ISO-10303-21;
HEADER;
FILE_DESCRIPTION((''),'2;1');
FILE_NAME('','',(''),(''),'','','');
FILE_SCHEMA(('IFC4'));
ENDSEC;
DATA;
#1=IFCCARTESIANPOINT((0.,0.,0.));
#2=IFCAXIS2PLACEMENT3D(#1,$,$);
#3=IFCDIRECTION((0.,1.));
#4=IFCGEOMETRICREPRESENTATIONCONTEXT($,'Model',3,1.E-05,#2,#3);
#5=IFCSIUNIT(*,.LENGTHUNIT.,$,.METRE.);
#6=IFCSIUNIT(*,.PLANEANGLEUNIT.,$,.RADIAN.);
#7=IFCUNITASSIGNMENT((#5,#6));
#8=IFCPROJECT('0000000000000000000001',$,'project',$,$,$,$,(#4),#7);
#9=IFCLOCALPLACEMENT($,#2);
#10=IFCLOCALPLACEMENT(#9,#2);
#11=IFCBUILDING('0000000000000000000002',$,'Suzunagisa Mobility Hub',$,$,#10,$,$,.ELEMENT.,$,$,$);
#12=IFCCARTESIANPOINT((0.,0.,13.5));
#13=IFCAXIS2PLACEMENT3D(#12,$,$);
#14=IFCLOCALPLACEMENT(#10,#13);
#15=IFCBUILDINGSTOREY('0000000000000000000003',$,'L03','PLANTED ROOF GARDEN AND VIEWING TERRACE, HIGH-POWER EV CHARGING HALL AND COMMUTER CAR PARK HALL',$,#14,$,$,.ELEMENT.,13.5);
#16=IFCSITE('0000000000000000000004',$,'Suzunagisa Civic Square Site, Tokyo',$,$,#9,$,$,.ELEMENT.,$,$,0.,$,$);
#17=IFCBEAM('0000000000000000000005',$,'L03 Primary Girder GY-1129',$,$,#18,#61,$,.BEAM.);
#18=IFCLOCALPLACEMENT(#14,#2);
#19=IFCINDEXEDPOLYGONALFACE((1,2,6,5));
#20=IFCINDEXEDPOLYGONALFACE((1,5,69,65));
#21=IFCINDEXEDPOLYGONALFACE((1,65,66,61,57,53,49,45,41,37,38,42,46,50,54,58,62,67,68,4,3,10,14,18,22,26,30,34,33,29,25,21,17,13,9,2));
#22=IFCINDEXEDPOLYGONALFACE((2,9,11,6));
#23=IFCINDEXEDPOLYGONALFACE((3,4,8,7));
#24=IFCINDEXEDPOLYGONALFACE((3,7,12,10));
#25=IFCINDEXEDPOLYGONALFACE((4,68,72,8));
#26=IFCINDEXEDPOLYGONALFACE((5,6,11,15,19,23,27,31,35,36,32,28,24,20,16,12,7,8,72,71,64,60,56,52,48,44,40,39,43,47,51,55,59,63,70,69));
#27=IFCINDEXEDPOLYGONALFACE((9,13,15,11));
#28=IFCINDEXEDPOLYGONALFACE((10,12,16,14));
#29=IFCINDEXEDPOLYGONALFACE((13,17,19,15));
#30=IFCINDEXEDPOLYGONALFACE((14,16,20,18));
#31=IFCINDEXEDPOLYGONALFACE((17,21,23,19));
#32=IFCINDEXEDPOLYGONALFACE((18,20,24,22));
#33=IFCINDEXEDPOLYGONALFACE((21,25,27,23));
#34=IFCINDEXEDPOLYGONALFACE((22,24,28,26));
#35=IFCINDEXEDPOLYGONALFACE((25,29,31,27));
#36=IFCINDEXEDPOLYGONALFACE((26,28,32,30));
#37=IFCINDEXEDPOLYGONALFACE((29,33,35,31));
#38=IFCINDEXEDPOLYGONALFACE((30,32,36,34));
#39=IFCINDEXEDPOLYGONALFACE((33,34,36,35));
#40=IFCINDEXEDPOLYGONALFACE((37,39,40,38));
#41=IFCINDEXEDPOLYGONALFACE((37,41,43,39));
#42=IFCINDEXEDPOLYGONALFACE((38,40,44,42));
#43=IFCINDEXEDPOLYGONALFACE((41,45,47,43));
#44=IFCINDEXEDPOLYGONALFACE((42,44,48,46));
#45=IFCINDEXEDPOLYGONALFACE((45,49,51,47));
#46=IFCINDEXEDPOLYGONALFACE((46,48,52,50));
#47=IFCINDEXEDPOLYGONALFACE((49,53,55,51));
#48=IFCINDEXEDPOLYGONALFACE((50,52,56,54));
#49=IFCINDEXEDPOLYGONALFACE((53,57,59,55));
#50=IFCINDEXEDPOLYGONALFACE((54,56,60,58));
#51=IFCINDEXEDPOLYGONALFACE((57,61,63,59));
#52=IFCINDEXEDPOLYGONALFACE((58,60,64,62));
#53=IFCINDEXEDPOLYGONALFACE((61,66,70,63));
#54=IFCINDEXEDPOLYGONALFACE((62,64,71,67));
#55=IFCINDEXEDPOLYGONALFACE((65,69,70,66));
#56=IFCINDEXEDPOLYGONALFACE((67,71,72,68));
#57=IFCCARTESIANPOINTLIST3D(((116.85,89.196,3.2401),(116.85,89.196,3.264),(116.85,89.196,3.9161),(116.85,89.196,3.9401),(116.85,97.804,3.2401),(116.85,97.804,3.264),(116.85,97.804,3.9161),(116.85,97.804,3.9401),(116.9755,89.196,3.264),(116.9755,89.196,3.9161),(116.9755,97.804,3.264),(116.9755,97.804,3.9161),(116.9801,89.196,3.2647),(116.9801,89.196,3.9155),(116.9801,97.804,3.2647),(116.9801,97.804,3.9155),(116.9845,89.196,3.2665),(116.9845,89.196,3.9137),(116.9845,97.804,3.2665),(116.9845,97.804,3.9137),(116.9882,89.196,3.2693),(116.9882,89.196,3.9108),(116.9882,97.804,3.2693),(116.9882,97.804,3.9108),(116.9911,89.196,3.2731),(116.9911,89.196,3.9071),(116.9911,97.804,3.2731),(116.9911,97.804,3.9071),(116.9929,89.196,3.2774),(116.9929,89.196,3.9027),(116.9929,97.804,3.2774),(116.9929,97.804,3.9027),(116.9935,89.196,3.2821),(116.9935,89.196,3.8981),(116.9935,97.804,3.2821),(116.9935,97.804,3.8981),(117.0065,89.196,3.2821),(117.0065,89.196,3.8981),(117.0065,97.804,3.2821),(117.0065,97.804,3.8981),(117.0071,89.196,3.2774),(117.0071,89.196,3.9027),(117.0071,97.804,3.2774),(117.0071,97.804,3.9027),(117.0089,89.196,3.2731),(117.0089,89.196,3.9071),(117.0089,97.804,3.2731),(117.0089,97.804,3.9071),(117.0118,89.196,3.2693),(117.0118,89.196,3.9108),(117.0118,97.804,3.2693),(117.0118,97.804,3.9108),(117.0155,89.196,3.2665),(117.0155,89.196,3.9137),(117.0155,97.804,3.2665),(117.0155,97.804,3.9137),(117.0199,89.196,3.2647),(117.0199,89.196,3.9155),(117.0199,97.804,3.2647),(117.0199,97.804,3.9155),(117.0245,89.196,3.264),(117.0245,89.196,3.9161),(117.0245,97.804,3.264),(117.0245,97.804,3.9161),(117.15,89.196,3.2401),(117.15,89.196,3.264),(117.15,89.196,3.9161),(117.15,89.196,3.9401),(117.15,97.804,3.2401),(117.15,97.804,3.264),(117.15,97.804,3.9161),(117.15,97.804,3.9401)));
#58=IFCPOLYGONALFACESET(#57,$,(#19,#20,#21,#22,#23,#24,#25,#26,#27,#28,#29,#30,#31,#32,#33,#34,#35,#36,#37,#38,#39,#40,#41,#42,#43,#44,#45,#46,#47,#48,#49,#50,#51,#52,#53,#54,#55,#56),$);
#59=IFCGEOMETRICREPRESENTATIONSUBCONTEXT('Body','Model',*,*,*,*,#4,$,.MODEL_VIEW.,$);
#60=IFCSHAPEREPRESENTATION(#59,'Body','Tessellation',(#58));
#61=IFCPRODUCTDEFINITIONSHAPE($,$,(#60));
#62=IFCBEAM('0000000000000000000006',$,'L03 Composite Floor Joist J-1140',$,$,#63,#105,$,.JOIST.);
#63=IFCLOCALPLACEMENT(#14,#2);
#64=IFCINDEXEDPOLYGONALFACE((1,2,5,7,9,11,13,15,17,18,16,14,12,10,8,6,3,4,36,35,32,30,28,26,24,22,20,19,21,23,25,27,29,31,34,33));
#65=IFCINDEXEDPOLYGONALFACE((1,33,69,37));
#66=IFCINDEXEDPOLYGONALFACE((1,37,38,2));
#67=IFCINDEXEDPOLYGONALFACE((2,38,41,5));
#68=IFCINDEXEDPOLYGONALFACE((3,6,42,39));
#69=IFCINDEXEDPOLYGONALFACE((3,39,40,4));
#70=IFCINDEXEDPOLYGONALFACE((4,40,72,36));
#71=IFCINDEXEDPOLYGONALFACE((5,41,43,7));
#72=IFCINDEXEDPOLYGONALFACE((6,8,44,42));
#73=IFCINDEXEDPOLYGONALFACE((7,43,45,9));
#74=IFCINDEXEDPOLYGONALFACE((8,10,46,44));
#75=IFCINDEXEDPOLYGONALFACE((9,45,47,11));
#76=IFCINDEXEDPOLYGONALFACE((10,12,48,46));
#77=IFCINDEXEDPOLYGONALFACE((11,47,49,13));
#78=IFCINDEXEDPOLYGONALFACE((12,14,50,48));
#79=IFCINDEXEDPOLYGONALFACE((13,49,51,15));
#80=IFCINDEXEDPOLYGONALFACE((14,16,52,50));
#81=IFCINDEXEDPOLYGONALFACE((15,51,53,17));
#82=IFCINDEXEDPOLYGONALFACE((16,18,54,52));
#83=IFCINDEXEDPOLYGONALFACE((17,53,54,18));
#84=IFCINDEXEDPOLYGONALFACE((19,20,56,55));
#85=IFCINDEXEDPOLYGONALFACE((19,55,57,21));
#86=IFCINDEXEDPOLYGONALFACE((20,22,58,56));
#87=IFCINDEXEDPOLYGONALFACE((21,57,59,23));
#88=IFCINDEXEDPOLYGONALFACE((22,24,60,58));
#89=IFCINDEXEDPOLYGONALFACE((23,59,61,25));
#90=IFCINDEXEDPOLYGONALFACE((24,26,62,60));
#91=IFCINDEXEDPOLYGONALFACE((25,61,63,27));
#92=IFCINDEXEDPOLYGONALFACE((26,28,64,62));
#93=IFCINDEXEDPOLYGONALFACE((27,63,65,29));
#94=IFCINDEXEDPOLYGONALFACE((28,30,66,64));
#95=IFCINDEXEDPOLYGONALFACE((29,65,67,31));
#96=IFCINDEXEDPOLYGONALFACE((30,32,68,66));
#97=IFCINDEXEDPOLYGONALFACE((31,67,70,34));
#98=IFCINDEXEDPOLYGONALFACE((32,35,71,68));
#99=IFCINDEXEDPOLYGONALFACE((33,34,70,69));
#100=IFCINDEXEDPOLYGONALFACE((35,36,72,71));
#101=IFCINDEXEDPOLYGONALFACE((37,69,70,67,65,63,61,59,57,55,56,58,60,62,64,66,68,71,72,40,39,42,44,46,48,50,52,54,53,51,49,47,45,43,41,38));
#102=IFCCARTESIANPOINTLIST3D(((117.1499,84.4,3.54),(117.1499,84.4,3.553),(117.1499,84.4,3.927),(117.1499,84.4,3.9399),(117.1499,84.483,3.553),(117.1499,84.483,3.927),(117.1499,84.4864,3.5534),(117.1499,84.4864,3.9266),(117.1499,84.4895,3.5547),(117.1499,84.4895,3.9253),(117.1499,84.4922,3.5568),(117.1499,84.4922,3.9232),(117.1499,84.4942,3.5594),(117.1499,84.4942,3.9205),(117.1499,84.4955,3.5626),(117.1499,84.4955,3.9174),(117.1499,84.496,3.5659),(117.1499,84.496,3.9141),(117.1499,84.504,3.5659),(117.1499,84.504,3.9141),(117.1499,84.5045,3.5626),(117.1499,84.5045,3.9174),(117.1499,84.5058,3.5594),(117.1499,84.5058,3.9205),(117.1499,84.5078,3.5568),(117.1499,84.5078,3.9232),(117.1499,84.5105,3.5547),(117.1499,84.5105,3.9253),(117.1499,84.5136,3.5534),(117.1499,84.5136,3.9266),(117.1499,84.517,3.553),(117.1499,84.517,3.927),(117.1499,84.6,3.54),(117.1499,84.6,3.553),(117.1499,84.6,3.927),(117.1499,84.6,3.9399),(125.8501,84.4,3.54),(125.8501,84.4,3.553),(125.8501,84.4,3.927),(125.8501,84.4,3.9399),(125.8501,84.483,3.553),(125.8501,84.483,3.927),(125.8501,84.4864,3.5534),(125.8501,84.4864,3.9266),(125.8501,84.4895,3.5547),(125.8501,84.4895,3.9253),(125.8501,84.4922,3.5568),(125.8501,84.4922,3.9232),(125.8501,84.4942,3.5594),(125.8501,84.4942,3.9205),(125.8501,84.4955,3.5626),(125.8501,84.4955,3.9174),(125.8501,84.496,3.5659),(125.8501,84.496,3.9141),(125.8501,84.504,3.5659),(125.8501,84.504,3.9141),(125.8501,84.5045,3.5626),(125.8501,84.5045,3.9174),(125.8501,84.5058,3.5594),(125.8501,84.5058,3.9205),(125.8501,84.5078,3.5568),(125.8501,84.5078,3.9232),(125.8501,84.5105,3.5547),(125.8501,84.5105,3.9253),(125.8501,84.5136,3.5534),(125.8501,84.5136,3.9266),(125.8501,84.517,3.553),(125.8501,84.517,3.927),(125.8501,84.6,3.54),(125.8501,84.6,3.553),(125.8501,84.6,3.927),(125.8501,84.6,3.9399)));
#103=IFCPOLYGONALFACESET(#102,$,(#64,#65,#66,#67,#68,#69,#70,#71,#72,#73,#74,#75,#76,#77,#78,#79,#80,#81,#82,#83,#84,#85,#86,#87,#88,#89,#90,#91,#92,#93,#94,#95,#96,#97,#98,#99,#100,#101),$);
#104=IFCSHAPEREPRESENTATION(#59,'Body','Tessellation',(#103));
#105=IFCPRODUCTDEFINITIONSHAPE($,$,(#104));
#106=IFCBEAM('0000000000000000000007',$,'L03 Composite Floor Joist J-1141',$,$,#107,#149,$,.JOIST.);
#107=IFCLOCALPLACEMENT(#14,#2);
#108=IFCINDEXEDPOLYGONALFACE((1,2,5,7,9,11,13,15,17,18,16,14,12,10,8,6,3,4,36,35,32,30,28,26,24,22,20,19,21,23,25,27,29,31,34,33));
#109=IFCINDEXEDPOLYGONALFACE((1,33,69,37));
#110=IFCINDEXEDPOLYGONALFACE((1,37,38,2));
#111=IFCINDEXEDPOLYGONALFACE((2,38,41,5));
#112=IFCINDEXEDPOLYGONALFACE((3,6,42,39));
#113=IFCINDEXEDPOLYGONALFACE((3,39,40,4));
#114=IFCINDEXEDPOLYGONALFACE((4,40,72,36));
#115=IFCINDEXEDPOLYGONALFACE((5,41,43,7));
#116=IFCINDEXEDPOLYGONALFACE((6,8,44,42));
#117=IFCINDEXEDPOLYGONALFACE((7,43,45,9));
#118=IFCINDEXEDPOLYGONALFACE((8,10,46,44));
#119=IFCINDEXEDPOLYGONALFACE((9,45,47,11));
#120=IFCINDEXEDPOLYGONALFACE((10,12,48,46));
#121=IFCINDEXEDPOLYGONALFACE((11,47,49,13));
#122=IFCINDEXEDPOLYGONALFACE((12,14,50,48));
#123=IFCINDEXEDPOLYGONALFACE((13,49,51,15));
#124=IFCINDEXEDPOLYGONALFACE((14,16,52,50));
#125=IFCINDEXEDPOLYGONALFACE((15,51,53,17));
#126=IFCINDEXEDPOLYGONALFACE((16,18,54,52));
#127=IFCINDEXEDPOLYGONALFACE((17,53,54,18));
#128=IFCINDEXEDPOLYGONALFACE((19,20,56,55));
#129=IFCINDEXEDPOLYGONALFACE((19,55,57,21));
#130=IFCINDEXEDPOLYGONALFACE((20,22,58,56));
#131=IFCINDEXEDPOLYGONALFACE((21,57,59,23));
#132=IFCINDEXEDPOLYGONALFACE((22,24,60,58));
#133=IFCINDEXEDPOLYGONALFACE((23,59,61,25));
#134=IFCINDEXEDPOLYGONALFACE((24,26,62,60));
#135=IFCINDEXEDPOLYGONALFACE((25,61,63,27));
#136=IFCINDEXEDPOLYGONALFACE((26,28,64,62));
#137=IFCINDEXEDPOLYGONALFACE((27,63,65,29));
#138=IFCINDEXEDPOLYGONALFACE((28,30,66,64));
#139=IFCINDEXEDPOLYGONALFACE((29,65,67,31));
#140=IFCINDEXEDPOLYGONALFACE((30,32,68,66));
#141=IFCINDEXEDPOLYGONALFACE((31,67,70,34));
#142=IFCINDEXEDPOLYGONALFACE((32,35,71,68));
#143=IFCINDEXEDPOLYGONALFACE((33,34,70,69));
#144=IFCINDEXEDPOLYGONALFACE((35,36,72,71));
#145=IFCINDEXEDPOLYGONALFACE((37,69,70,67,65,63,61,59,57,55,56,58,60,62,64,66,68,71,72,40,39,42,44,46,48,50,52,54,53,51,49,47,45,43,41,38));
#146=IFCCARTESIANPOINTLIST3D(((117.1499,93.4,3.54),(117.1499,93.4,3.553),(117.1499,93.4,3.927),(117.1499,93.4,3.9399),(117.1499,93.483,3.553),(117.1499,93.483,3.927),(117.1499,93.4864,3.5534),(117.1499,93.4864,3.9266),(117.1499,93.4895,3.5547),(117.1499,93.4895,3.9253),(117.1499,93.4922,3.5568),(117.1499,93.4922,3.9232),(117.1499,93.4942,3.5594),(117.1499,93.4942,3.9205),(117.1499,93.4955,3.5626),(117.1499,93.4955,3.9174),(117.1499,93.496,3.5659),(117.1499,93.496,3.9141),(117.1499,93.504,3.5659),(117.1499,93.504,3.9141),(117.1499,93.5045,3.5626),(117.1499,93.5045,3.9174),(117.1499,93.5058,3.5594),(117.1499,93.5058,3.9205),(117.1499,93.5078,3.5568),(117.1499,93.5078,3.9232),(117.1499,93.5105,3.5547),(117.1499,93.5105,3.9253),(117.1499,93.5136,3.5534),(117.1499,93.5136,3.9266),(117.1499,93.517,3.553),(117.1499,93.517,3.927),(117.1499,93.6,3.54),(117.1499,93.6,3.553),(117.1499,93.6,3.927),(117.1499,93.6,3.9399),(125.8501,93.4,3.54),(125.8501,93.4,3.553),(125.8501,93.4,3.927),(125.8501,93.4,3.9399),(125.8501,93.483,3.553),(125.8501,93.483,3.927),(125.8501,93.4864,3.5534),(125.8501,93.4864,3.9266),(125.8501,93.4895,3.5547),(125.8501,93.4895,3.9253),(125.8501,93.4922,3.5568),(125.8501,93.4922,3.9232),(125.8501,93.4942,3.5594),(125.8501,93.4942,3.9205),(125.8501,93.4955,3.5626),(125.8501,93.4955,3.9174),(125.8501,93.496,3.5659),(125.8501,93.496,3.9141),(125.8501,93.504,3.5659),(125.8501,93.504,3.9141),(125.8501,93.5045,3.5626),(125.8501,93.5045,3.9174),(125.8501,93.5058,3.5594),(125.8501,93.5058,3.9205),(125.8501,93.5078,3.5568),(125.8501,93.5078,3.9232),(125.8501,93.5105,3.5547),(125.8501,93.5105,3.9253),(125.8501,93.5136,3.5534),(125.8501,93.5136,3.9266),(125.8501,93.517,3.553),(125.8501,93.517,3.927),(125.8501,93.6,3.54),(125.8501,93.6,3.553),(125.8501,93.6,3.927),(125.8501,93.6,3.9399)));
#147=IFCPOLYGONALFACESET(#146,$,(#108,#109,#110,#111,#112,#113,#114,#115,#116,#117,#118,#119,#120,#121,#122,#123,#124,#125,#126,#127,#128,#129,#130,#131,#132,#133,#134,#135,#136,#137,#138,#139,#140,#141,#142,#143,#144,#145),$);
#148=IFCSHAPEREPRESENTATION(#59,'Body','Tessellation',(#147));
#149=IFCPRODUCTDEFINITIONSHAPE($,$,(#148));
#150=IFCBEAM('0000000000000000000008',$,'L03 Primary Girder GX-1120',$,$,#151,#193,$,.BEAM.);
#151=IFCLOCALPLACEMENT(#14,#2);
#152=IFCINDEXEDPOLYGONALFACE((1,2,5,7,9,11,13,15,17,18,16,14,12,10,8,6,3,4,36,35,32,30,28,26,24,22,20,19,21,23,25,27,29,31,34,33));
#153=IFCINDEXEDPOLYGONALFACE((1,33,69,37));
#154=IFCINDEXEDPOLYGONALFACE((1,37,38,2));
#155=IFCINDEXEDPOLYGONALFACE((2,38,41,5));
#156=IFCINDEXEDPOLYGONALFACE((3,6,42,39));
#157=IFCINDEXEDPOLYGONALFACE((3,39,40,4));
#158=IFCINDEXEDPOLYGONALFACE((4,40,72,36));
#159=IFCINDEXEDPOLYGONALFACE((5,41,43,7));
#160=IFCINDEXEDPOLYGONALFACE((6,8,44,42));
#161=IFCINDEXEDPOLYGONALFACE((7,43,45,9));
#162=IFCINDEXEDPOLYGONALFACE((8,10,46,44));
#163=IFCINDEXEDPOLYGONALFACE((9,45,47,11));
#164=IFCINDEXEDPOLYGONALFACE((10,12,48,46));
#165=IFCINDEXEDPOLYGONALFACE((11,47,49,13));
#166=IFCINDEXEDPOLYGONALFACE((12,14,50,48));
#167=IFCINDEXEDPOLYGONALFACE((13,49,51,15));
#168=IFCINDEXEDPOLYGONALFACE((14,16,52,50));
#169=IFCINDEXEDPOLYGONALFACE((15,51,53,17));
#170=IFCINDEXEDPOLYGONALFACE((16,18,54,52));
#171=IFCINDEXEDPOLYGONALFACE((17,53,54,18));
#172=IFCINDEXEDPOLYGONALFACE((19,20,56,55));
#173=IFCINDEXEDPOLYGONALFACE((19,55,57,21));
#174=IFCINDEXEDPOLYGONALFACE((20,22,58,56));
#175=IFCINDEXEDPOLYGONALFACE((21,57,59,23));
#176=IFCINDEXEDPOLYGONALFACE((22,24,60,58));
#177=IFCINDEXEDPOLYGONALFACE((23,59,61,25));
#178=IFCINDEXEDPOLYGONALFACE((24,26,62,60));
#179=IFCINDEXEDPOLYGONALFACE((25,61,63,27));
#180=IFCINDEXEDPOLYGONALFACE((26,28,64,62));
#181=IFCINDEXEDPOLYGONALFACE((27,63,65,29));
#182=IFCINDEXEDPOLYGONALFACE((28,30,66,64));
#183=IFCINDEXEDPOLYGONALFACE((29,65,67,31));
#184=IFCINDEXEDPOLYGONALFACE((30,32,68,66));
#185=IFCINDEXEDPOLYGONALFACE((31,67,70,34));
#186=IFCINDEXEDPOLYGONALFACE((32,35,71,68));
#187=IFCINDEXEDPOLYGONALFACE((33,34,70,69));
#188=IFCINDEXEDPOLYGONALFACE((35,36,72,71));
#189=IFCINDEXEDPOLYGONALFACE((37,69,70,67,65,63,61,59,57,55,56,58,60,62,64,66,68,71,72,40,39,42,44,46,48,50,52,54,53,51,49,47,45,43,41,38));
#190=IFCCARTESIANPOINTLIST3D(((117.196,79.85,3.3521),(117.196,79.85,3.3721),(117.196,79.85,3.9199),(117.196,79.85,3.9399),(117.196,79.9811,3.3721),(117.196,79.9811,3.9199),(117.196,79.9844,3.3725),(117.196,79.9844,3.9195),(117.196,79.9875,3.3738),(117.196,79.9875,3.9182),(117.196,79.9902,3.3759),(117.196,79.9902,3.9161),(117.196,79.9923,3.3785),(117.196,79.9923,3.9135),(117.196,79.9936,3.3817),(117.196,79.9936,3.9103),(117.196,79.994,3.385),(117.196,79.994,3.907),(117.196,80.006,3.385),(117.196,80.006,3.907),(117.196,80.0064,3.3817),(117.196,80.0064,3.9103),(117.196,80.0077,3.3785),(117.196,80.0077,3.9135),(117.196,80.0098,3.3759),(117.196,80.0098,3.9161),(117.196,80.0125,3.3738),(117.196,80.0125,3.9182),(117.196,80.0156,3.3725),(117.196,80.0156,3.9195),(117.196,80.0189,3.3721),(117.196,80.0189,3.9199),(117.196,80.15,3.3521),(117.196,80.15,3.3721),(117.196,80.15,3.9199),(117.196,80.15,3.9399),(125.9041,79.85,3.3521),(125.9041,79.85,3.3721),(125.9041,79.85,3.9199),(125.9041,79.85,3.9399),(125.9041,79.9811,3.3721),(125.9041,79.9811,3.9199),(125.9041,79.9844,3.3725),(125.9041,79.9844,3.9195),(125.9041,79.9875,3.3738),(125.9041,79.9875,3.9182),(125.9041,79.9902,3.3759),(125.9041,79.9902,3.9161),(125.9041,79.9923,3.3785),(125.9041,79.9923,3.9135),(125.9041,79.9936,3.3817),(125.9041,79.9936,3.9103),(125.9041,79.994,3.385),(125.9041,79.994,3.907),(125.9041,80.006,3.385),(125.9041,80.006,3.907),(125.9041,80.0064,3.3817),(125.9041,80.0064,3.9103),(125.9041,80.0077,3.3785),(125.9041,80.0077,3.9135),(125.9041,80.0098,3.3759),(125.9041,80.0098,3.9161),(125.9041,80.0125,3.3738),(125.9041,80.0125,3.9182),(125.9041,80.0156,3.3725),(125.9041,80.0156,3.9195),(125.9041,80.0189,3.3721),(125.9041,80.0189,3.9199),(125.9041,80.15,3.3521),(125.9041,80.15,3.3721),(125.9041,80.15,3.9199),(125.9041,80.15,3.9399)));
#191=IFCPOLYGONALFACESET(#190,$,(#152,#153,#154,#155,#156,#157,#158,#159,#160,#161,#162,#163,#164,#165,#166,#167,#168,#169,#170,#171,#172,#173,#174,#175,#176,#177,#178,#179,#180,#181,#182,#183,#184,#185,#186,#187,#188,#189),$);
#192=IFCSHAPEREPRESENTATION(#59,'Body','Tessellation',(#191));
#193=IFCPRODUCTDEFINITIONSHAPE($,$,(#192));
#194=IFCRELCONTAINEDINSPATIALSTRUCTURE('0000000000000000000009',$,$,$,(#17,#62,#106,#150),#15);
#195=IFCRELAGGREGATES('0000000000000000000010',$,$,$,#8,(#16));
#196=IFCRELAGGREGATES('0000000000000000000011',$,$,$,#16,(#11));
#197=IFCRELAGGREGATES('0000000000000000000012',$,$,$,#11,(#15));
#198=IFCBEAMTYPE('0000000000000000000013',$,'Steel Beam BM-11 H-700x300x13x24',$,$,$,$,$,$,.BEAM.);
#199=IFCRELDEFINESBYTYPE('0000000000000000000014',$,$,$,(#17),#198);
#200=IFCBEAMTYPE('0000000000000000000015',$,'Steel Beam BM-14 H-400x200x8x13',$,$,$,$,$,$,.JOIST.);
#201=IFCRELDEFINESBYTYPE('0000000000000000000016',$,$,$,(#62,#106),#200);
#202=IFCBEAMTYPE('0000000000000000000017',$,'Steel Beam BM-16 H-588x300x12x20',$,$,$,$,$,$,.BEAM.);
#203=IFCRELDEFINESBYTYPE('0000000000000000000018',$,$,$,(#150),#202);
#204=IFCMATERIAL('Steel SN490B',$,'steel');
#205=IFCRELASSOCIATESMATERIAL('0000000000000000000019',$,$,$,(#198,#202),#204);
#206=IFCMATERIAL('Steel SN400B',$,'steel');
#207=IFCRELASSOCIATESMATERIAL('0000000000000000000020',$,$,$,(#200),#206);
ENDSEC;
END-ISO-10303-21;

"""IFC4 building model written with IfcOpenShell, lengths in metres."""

from ifc_helpers import new_model, si_unit, direction, frame, origin, origin_2d, place, context, subcontext, project, spatial, i_section, extrude, material, material_profile, profile_set, type_object, element, save


model = new_model("IFC4")

# Units and contexts
model_context = context("Model", 3, precision=1e-05, world=origin(), true_north=direction((0.0, 1.0)))
body_context = subcontext(model_context, "Body", "Model", "MODEL_VIEW")
ifc_project = project(units=[si_unit("LENGTHUNIT", "METRE"), si_unit("PLANEANGLEUNIT", "RADIAN")], contexts=[model_context])

# Site, building, storey
site_placement = place(None, origin())
site = spatial("IfcSite", under=ifc_project, at=site_placement, Name="Suzunagisa Civic Square Site, Tokyo", CompositionType="ELEMENT", RefElevation=0.0)
building_placement = place(site_placement, origin())
building = spatial("IfcBuilding", under=site, at=building_placement, Name="Suzunagisa Mobility Hub", CompositionType="ELEMENT")
storey_placement = place(building_placement, frame((0.0, 0.0, 13.5)))
storey = spatial("IfcBuildingStorey", under=building, at=storey_placement, Name="L03", Description="PLANTED ROOF GARDEN AND VIEWING TERRACE, HIGH-POWER EV CHARGING HALL AND COMMUTER CAR PARK HALL", CompositionType="ELEMENT", Elevation=13.5)

# Shared definitions
ifc_material_1 = material(Name="Steel SN490B", Category="steel")

# Beams
ifc_material_profile_1 = material_profile(ifc_material_1, i_section(OverallWidth=0.3, OverallDepth=0.7, WebThickness=0.0129, FlangeThickness=0.0239, FilletRadius=0.0181, at=origin_2d()), Name="H-700x300x13x24")
ifc_profile_set_1 = profile_set([ifc_material_profile_1], Name="Steel SN490B")
beam_type_1 = type_object("IfcBeamType", Name="Steel Beam BM-11 H-700x300x13x24", PredefinedType="BEAM", material=ifc_profile_set_1)
for number, where, z_axis, x_axis, name in (
    (1, (117.0, 89.196, 3.5901), (0.0, 1.0, 0.0), (-1.0, 0.0, 0.0), "L03 Primary Girder GY-1129"),
):
    element("IfcBeam", number, at=place(storey_placement, frame(where, z_axis=z_axis, x_axis=x_axis)), inside=storey, type_object=beam_type_1, Name=name, PredefinedType="BEAM", context=body_context, shape_type="SweptSolid", body=[
        extrude(i_section(OverallWidth=0.3, OverallDepth=0.7, WebThickness=0.0129, FlangeThickness=0.0239, FilletRadius=0.0181, at=origin_2d()), origin(), (0.0, 0.0, 1.0), 8.6079),
    ])
ifc_material_2 = material(Name="Steel SN400B", Category="steel")
ifc_material_profile_2 = material_profile(ifc_material_2, i_section(OverallWidth=0.2, OverallDepth=0.3999, WebThickness=0.0081, FlangeThickness=0.0129, FilletRadius=0.0129, at=origin_2d()), Name="H-400x200x8x13")
ifc_profile_set_2 = profile_set([ifc_material_profile_2], Name="Steel SN400B")
beam_type_2 = type_object("IfcBeamType", Name="Steel Beam BM-14 H-400x200x8x13", PredefinedType="JOIST", material=ifc_profile_set_2)
for number, where, z_axis, x_axis, name in (
    (2, (117.1499, 84.5, 3.74), (1.0, 0.0, 0.0), (0.0, 1.0, 0.0), "L03 Composite Floor Joist J-1140"),
    (3, (117.1499, 93.5, 3.74), (1.0, 0.0, 0.0), (0.0, 1.0, 0.0), "L03 Composite Floor Joist J-1141"),
):
    element("IfcBeam", number, at=place(storey_placement, frame(where, z_axis=z_axis, x_axis=x_axis)), inside=storey, type_object=beam_type_2, Name=name, PredefinedType="JOIST", context=body_context, shape_type="SweptSolid", body=[
        extrude(i_section(OverallWidth=0.2, OverallDepth=0.3999, WebThickness=0.0081, FlangeThickness=0.0129, FilletRadius=0.0129, at=origin_2d()), origin(), (0.0, 0.0, 1.0), 8.7002),
    ])
ifc_material_profile_3 = material_profile(ifc_material_1, i_section(OverallWidth=0.3, OverallDepth=0.5879, WebThickness=0.012, FlangeThickness=0.02, FilletRadius=0.0129, at=origin_2d()), Name="H-588x300x12x20")
ifc_profile_set_3 = profile_set([ifc_material_profile_3], Name="Steel SN490B")
beam_type_3 = type_object("IfcBeamType", Name="Steel Beam BM-16 H-588x300x12x20", PredefinedType="BEAM", material=ifc_profile_set_3)
beam_1_placement = place(storey_placement, frame((117.196, 80.0, 3.646), z_axis=(1.0, 0.0, 0.0), x_axis=(0.0, 1.0, 0.0)))
element("IfcBeam", 4, at=beam_1_placement, inside=storey, type_object=beam_type_3, Name="L03 Primary Girder GX-1120", PredefinedType="BEAM", context=body_context, shape_type="SweptSolid", body=[
    extrude(i_section(OverallWidth=0.3, OverallDepth=0.5879, WebThickness=0.012, FlangeThickness=0.02, FilletRadius=0.0129, at=origin_2d()), origin(), (0.0, 0.0, 1.0), 8.708),
])

save(model, "model.ifc")
